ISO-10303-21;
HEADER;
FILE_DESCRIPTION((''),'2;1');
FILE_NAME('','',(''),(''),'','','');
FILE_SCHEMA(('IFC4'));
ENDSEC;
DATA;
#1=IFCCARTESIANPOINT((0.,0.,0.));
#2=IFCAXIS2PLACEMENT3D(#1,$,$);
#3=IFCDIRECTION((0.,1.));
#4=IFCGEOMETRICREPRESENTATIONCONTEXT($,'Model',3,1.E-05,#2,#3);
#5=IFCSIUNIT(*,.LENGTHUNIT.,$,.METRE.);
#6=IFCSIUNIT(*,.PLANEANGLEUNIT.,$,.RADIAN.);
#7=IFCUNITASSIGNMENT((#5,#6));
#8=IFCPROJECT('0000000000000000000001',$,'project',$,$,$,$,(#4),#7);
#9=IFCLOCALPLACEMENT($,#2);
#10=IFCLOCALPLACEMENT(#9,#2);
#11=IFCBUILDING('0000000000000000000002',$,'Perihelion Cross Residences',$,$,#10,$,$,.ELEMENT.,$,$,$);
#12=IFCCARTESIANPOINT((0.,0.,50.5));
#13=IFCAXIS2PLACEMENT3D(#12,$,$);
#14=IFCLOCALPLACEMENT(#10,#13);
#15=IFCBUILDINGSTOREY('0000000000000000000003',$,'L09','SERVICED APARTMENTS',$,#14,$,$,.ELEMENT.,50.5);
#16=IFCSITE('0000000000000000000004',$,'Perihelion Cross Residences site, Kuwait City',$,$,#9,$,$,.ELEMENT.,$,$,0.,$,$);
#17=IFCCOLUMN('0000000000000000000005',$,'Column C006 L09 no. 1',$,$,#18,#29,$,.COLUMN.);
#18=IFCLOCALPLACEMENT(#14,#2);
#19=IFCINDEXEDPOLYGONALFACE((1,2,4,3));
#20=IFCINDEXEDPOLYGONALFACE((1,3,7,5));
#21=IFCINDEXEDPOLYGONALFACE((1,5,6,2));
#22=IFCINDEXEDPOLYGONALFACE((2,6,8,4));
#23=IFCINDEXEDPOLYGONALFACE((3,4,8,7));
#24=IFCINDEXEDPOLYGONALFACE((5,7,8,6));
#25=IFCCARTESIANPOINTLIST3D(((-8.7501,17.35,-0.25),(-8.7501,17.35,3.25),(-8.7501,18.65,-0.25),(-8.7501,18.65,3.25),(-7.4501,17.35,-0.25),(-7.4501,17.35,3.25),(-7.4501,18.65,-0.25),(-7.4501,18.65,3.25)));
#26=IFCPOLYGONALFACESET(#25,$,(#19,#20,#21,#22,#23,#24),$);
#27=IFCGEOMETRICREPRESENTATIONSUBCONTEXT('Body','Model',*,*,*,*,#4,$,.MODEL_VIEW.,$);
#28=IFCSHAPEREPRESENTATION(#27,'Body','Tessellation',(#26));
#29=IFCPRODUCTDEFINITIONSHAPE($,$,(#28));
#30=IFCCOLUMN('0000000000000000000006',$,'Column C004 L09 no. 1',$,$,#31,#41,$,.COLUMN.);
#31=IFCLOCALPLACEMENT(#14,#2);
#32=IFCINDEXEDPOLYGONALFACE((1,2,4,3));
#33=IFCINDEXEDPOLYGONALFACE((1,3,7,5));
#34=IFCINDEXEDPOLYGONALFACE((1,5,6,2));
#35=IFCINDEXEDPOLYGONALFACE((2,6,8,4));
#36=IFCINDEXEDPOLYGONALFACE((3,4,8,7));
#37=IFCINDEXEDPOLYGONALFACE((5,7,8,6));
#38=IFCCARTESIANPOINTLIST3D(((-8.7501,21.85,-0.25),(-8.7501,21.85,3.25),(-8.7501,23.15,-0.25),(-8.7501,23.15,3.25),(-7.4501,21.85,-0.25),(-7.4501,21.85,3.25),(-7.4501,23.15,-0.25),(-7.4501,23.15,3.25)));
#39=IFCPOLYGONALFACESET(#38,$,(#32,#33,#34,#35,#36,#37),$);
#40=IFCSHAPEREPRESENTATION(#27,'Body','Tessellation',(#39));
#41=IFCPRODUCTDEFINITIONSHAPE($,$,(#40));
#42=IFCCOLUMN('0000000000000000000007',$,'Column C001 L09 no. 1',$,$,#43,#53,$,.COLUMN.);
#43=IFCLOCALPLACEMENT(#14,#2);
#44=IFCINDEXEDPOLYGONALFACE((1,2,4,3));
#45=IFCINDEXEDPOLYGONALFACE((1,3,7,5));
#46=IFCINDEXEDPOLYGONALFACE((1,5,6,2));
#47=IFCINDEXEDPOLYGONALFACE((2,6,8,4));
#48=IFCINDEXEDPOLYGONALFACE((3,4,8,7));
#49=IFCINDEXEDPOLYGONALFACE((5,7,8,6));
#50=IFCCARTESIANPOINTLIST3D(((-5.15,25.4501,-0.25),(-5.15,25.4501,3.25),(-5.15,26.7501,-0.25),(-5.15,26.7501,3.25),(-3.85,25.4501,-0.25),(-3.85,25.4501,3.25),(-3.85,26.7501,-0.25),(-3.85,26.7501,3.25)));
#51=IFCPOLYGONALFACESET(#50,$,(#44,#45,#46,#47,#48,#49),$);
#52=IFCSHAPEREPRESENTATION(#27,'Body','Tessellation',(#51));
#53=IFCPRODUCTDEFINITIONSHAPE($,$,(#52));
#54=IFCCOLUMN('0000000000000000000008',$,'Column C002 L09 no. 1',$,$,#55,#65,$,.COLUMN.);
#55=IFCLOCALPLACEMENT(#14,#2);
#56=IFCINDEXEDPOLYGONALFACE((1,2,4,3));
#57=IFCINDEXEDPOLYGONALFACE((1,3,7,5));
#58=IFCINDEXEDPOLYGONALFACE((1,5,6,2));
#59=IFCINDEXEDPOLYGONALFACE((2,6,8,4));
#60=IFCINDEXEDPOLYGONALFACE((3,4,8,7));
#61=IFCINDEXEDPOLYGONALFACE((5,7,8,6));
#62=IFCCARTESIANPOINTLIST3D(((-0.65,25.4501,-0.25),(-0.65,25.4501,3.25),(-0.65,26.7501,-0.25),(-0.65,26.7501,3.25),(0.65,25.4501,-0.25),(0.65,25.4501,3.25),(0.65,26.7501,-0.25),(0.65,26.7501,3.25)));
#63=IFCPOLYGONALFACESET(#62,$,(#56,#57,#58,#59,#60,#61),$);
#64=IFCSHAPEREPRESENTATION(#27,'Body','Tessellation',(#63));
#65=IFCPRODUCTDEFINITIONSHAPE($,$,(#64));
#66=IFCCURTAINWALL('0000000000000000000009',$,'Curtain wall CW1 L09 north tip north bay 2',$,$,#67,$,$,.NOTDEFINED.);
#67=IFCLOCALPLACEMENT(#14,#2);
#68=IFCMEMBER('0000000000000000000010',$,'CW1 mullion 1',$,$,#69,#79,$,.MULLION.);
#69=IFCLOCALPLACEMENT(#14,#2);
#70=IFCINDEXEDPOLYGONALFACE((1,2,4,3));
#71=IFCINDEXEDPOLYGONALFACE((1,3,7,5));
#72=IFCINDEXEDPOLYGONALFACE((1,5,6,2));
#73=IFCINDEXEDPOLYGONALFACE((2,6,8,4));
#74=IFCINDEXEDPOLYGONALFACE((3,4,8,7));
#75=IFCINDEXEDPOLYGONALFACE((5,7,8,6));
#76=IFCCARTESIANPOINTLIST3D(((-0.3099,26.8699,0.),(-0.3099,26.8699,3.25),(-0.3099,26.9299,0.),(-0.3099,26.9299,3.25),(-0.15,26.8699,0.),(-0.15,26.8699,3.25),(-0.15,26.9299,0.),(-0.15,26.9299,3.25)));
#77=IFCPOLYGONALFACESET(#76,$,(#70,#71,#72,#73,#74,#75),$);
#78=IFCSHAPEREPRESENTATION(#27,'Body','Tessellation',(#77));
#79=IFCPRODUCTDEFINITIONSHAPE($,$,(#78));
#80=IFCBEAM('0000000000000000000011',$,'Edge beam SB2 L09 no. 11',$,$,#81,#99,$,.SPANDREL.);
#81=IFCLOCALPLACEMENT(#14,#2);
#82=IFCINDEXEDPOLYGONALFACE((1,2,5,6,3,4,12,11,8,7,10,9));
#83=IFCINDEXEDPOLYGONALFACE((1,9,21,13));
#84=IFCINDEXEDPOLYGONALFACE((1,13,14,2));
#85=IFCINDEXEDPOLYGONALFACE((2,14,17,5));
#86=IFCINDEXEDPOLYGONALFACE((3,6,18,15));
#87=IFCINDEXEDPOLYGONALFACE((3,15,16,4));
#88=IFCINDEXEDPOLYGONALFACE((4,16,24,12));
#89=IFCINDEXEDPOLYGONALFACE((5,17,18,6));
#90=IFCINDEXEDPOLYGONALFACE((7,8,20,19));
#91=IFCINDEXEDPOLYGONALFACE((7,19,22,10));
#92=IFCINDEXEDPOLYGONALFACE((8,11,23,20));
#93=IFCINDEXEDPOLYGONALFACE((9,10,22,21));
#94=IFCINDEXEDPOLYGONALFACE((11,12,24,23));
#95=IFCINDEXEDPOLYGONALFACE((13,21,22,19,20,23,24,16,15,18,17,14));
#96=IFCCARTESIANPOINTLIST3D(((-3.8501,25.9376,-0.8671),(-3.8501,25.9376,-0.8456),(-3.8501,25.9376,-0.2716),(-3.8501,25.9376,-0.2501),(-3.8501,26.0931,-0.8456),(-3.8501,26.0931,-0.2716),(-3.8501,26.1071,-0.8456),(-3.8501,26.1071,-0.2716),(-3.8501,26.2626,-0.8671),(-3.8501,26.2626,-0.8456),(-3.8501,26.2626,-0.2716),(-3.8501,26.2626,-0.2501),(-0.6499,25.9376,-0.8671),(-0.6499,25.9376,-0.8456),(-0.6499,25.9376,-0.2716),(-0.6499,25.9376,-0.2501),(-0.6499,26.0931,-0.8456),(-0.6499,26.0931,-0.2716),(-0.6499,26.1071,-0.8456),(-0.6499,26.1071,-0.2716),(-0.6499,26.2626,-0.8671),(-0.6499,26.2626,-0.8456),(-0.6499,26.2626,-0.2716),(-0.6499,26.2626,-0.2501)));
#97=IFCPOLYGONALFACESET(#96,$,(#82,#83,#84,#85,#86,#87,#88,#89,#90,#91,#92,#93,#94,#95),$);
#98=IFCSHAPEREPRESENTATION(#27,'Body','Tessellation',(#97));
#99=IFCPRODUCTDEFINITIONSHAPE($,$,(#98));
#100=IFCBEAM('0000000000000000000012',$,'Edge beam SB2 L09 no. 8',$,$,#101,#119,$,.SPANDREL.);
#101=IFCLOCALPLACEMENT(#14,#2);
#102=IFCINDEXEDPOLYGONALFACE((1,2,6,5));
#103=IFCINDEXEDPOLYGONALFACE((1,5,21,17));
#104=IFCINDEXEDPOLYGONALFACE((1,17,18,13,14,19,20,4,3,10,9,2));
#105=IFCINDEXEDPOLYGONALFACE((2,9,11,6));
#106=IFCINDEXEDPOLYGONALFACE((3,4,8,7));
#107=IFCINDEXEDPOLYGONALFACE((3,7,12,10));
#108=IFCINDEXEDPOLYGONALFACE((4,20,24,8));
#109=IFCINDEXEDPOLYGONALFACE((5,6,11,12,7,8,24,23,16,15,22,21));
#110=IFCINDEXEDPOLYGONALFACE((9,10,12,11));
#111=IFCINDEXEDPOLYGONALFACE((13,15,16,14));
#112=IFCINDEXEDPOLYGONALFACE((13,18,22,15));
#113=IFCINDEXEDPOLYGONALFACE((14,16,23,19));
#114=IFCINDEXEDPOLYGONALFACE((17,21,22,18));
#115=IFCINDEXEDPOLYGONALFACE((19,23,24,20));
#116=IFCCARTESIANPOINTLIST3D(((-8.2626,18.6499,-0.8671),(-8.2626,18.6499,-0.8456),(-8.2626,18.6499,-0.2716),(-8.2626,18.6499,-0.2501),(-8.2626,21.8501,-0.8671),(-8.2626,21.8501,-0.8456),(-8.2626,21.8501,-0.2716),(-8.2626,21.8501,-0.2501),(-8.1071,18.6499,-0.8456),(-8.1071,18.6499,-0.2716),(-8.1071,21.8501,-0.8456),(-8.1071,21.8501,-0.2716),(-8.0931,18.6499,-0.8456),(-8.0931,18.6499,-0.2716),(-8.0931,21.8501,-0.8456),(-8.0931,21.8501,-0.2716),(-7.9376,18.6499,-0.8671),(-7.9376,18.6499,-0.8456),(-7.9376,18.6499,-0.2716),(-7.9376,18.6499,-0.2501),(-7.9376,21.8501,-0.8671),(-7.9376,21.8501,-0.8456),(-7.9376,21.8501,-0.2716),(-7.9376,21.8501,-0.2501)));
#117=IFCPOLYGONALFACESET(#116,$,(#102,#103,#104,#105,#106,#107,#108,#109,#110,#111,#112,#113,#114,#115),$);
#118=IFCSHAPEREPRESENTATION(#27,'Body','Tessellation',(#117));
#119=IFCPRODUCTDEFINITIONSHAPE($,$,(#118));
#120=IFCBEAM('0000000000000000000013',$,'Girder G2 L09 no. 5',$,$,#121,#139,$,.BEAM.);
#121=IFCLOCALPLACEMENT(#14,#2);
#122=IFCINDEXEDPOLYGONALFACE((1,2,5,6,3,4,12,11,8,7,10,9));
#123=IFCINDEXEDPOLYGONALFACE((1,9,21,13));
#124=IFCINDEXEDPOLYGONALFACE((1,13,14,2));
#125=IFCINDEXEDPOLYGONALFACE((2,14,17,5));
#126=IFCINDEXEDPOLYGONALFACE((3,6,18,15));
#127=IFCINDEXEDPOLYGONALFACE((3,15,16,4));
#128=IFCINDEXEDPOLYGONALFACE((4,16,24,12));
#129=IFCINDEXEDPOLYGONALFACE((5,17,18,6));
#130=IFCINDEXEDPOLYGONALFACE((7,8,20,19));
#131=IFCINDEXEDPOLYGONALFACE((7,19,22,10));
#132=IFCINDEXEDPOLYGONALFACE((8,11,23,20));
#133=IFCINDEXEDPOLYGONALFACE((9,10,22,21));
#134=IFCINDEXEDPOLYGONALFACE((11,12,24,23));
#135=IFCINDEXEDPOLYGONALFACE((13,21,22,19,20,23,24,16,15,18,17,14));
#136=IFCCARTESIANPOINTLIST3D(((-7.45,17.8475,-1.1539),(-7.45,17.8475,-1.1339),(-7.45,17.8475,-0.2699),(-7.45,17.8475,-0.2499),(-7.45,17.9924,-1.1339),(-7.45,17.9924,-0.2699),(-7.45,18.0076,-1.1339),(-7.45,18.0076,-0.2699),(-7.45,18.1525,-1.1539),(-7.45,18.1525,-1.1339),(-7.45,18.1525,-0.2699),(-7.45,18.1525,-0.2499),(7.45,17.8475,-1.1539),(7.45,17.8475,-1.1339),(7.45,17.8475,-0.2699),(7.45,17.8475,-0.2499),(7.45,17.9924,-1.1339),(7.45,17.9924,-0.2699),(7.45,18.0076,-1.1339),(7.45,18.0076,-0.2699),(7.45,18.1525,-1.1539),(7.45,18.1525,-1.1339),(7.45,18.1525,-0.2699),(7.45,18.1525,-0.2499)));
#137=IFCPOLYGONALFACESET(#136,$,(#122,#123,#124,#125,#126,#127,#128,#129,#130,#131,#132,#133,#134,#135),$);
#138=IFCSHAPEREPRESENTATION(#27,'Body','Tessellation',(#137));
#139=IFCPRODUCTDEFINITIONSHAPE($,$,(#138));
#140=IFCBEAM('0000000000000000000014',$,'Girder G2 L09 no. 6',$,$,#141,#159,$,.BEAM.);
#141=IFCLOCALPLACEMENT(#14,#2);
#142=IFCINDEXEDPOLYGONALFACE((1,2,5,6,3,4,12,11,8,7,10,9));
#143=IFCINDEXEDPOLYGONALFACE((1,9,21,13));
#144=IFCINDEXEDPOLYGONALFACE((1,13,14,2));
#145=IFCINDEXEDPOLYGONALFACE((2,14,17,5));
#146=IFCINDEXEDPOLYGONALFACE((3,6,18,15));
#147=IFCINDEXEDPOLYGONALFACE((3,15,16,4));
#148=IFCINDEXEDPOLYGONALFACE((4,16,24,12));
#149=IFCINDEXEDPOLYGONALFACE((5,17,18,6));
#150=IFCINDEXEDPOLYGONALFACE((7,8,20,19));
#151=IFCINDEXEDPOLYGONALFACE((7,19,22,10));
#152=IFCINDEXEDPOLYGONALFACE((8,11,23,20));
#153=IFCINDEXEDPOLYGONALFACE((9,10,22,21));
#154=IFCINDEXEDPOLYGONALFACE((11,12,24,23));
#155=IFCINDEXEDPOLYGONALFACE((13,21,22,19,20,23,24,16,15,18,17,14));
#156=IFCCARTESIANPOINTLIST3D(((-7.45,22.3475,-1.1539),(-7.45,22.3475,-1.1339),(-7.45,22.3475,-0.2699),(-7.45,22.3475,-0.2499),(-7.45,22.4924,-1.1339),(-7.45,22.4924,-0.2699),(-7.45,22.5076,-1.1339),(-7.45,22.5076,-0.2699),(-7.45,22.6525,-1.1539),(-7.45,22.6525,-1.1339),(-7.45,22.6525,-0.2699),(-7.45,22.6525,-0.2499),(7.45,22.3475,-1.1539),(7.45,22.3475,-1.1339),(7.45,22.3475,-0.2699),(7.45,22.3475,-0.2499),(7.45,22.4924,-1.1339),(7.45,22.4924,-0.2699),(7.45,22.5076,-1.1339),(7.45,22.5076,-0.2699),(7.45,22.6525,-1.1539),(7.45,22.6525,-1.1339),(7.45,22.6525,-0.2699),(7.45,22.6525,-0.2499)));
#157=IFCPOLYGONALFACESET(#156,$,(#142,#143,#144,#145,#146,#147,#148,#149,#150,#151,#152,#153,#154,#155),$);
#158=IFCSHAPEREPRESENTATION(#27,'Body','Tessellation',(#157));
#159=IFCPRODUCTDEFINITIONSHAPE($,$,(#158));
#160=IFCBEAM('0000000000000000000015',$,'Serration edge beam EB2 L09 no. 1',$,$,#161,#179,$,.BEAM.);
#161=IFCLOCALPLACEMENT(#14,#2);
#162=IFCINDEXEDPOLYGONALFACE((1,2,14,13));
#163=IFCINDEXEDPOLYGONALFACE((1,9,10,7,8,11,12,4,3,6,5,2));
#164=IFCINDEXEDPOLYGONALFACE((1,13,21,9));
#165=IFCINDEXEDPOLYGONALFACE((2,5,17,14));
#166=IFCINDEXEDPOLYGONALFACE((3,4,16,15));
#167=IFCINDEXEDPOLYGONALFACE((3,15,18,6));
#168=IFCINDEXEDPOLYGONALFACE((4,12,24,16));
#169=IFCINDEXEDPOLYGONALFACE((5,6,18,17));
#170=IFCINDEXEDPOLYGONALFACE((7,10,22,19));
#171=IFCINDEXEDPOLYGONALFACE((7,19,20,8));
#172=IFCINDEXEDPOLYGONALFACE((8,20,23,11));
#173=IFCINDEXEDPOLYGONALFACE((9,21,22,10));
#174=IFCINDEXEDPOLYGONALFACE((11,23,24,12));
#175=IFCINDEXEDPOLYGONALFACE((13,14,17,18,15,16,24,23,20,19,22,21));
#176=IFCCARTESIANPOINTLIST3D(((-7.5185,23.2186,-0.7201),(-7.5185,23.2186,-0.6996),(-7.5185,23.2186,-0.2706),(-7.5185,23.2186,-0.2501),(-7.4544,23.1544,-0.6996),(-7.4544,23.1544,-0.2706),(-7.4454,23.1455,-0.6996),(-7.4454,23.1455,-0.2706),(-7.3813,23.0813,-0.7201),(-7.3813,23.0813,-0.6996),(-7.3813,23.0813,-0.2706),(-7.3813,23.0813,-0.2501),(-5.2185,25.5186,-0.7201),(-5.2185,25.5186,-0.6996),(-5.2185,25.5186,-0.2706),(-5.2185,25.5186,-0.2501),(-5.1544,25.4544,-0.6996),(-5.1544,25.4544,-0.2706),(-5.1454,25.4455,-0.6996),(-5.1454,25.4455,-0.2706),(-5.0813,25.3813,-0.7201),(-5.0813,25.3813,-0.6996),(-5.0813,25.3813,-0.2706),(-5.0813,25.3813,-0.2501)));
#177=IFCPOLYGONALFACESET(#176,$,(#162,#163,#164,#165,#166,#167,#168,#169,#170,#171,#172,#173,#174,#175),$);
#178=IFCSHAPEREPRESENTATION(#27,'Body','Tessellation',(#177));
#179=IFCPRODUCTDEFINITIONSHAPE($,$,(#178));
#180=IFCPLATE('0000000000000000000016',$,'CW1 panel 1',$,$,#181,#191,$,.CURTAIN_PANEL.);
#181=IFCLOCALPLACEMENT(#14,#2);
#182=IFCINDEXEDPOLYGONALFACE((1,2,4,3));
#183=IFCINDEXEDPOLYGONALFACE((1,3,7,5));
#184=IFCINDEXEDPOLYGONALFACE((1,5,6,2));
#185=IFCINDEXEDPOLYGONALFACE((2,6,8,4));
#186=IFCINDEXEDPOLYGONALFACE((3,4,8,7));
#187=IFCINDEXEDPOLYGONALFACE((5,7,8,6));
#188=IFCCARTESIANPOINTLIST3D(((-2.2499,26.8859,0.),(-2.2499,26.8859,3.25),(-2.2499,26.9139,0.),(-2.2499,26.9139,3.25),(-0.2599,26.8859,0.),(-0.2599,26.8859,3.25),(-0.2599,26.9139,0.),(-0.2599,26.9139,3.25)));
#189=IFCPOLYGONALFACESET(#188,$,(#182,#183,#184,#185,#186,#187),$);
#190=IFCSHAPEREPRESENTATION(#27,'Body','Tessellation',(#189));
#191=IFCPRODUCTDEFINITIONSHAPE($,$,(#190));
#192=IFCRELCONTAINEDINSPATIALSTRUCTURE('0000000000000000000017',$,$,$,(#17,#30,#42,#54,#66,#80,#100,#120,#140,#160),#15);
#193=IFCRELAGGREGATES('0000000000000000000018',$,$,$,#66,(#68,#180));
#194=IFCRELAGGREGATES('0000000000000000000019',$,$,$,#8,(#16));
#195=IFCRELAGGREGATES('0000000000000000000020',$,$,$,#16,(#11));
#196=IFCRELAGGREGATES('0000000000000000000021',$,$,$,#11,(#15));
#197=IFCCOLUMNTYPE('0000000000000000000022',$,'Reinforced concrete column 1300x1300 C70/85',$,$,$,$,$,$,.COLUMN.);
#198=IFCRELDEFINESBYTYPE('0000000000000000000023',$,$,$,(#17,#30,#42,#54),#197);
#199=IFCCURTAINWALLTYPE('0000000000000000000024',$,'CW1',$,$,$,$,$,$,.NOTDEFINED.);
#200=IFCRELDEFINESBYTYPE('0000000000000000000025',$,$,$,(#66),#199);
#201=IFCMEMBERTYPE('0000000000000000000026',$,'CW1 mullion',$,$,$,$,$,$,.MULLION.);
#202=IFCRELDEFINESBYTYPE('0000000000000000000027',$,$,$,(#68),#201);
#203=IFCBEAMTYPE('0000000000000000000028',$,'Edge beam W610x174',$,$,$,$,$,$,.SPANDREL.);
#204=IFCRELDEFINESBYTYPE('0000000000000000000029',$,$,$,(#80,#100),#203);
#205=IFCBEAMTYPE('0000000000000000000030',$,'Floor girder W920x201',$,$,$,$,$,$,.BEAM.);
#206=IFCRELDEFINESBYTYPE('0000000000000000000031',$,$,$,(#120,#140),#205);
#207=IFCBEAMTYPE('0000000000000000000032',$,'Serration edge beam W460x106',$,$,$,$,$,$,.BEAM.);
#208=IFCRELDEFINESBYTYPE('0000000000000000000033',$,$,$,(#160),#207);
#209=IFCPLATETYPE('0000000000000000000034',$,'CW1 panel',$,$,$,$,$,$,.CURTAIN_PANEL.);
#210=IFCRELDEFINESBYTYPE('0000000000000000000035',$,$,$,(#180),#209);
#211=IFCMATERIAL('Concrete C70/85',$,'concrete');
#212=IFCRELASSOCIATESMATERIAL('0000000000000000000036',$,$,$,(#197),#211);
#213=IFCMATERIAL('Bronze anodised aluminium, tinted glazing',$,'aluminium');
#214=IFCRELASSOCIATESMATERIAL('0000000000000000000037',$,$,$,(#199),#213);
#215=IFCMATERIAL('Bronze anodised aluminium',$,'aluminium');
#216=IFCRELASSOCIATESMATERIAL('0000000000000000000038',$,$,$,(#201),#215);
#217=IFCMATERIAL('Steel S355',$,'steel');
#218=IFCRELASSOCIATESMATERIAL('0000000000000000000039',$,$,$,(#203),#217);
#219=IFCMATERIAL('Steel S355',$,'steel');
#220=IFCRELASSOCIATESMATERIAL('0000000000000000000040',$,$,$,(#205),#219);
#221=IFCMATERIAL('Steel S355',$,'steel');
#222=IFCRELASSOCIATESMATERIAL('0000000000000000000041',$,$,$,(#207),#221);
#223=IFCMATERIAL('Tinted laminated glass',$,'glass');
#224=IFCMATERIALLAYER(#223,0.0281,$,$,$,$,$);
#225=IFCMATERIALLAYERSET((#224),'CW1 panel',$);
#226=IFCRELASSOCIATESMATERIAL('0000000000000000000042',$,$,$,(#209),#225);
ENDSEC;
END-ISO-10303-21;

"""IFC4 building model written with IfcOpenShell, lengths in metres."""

from ifc_helpers import new_model, si_unit, direction, frame, origin, origin_2d, place, context, subcontext, project, spatial, rectangle, i_section, extrude, material, layer, layer_set, material_profile, profile_set, type_object, element, aggregate, save


model = new_model("IFC4")

# Units and contexts
model_context = context("Model", 3, precision=1e-05, world=origin(), true_north=direction((0.0, 1.0)))
body_context = subcontext(model_context, "Body", "Model", "MODEL_VIEW")
ifc_project = project(units=[si_unit("LENGTHUNIT", "METRE"), si_unit("PLANEANGLEUNIT", "RADIAN")], contexts=[model_context])

# Site, building, storey
site_placement = place(None, origin())
site = spatial("IfcSite", under=ifc_project, at=site_placement, Name="Perihelion Cross Residences site, Kuwait City", CompositionType="ELEMENT", RefElevation=0.0)
building_placement = place(site_placement, origin())
building = spatial("IfcBuilding", under=site, at=building_placement, Name="Perihelion Cross Residences", CompositionType="ELEMENT")
storey_placement = place(building_placement, frame((0.0, 0.0, 50.5)))
storey = spatial("IfcBuildingStorey", under=building, at=storey_placement, Name="L09", Description="SERVICED APARTMENTS", CompositionType="ELEMENT", Elevation=50.5)

# Columns
ifc_material_1 = material(Name="Concrete C70/85", Category="concrete")
ifc_material_profile_1 = material_profile(ifc_material_1, rectangle(XDim=1.3, YDim=1.3, at=origin_2d()), Name="RC 1300x1300")
ifc_profile_set_1 = profile_set([ifc_material_profile_1], Name="Concrete C70/85")
column_type = type_object("IfcColumnType", Name="Reinforced concrete column 1300x1300 C70/85", PredefinedType="COLUMN", material=ifc_profile_set_1)
for number, where, z_axis, x_axis, name in (
    (1, (-8.1001, 18.0, -0.25), (0.0, 0.0, 1.0), (1.0, 0.0, 0.0), "Column C006 L09 no. 1"),
    (2, (-8.1001, 22.5, -0.25), (0.0, 0.0, 1.0), (1.0, 0.0, 0.0), "Column C004 L09 no. 1"),
    (3, (-4.5, 26.1001, -0.25), (0.0, 0.0, 1.0), (1.0, 0.0, 0.0), "Column C001 L09 no. 1"),
    (4, (0.0, 26.1001, -0.25), (0.0, 0.0, 1.0), (1.0, 0.0, 0.0), "Column C002 L09 no. 1"),
):
    element("IfcColumn", number, at=place(storey_placement, frame(where, z_axis=z_axis, x_axis=x_axis)), inside=storey, type_object=column_type, Name=name, PredefinedType="COLUMN", context=body_context, shape_type="SweptSolid", body=[
        extrude(rectangle(XDim=1.3, YDim=1.3, at=origin_2d()), origin(), (0.0, 0.0, 1.0), 3.5),
    ])

# Curtain wall, member
ifc_material_2 = material(Name="Bronze anodised aluminium, tinted glazing", Category="aluminium")
curtain_wall_type = type_object("IfcCurtainWallType", Name="CW1", PredefinedType="NOTDEFINED", material=ifc_material_2)
curtain_wall_1_placement = place(storey_placement, origin())
curtain_wall_1 = element("IfcCurtainWall", 5, at=curtain_wall_1_placement, inside=storey, type_object=curtain_wall_type, Name="Curtain wall CW1 L09 north tip north bay 2", PredefinedType="NOTDEFINED")
ifc_material_3 = material(Name="Bronze anodised aluminium", Category="aluminium")
ifc_material_profile_2 = material_profile(ifc_material_3, rectangle(XDim=0.0601, YDim=0.1599, at=origin_2d()), Name="CW1 mullion")
ifc_profile_set_2 = profile_set([ifc_material_profile_2], Name="Bronze anodised aluminium")
member_type = type_object("IfcMemberType", Name="CW1 mullion", PredefinedType="MULLION", material=ifc_profile_set_2)
member_placement = place(storey_placement, frame((-0.23, 26.8999, 0.0), z_axis=(0.0, 0.0, 1.0), x_axis=(0.0, -1.0, 0.0)))
member = element("IfcMember", 6, at=member_placement, type_object=member_type, Name="CW1 mullion 1", PredefinedType="MULLION", context=body_context, shape_type="SweptSolid", body=[
    extrude(rectangle(XDim=0.0601, YDim=0.1599, at=origin_2d()), origin(), (0.0, 0.0, 1.0), 3.25),
])

# Beams
ifc_material_4 = material(Name="Steel S355", Category="steel")
ifc_material_profile_3 = material_profile(ifc_material_4, i_section(OverallWidth=0.325, OverallDepth=0.6169, WebThickness=0.0139, FlangeThickness=0.0215, at=origin_2d()), Name="W610x174")
ifc_profile_set_3 = profile_set([ifc_material_profile_3], Name="Steel S355")
beam_type_1 = type_object("IfcBeamType", Name="Edge beam W610x174", PredefinedType="SPANDREL", material=ifc_profile_set_3)
for number, where, z_axis, x_axis, name in (
    (7, (-0.6499, 26.1001, -0.5586), (-1.0, 0.0, 0.0), (0.0, -1.0, 0.0), "Edge beam SB2 L09 no. 11"),
    (8, (-8.1001, 21.8501, -0.5586), (0.0, -1.0, 0.0), (1.0, 0.0, 0.0), "Edge beam SB2 L09 no. 8"),
):
    element("IfcBeam", number, at=place(storey_placement, frame(where, z_axis=z_axis, x_axis=x_axis)), inside=storey, type_object=beam_type_1, Name=name, PredefinedType="SPANDREL", context=body_context, shape_type="SweptSolid", body=[
        extrude(i_section(OverallWidth=0.325, OverallDepth=0.6169, WebThickness=0.0139, FlangeThickness=0.0215, at=origin_2d()), origin(), (0.0, 0.0, 1.0), 3.2002),
    ])
ifc_material_5 = material(Name="Steel S355", Category="steel")
ifc_material_profile_4 = material_profile(ifc_material_5, i_section(OverallWidth=0.3049, OverallDepth=0.9041, WebThickness=0.0151, FlangeThickness=0.02, at=origin_2d()), Name="W920x201")
ifc_profile_set_4 = profile_set([ifc_material_profile_4], Name="Steel S355")
beam_type_2 = type_object("IfcBeamType", Name="Floor girder W920x201", PredefinedType="BEAM", material=ifc_profile_set_4)
for number, where, z_axis, x_axis, name in (
    (9, (-7.45, 18.0, -0.7019), (1.0, 0.0, 0.0), (0.0, 1.0, 0.0), "Girder G2 L09 no. 5"),
    (10, (-7.45, 22.5, -0.7019), (1.0, 0.0, 0.0), (0.0, 1.0, 0.0), "Girder G2 L09 no. 6"),
):
    element("IfcBeam", number, at=place(storey_placement, frame(where, z_axis=z_axis, x_axis=x_axis)), inside=storey, type_object=beam_type_2, Name=name, PredefinedType="BEAM", context=body_context, shape_type="SweptSolid", body=[
        extrude(i_section(OverallWidth=0.3049, OverallDepth=0.9041, WebThickness=0.0151, FlangeThickness=0.02, at=origin_2d()), origin(), (0.0, 0.0, 1.0), 14.8999),
    ])
ifc_material_6 = material(Name="Steel S355", Category="steel")
ifc_material_profile_5 = material_profile(ifc_material_6, i_section(OverallWidth=0.1941, OverallDepth=0.47, WebThickness=0.0127, FlangeThickness=0.0205, at=origin_2d()), Name="W460x106")
ifc_profile_set_5 = profile_set([ifc_material_profile_5], Name="Steel S355")
beam_type_3 = type_object("IfcBeamType", Name="Serration edge beam W460x106", PredefinedType="BEAM", material=ifc_profile_set_5)
beam_placement = place(storey_placement, frame((-5.1499, 25.45, -0.4851), z_axis=(-0.707107, -0.707107, 0.0), x_axis=(0.707107, -0.707107, 0.0)))
element("IfcBeam", 11, at=beam_placement, inside=storey, type_object=beam_type_3, Name="Serration edge beam EB2 L09 no. 1", PredefinedType="BEAM", context=body_context, shape_type="SweptSolid", body=[
    extrude(i_section(OverallWidth=0.1941, OverallDepth=0.47, WebThickness=0.0127, FlangeThickness=0.0205, at=origin_2d()), origin(), (0.0, 0.0, 1.0), 3.2527),
])

# Plate
ifc_material_7 = material(Name="Tinted laminated glass", Category="glass")
ifc_layer_1 = layer(ifc_material_7, 0.0281)
ifc_layer_set_1 = layer_set([ifc_layer_1], Name="CW1 panel")
plate_type = type_object("IfcPlateType", Name="CW1 panel", PredefinedType="CURTAIN_PANEL", material=ifc_layer_set_1)
plate_1_placement = place(storey_placement, frame((-1.2549, 26.8999, 0.0), z_axis=(0.0, 0.0, 1.0), x_axis=(-1.0, 0.0, 0.0)))
plate_1 = element("IfcPlate", 12, at=plate_1_placement, type_object=plate_type, Name="CW1 panel 1", PredefinedType="CURTAIN_PANEL", context=body_context, shape_type="SweptSolid", body=[
    extrude(rectangle(XDim=1.99, YDim=0.0281, at=origin_2d()), origin(), (0.0, 0.0, 1.0), 3.25),
])
aggregate(curtain_wall_1, [member, plate_1])

save(model, "model.ifc")
